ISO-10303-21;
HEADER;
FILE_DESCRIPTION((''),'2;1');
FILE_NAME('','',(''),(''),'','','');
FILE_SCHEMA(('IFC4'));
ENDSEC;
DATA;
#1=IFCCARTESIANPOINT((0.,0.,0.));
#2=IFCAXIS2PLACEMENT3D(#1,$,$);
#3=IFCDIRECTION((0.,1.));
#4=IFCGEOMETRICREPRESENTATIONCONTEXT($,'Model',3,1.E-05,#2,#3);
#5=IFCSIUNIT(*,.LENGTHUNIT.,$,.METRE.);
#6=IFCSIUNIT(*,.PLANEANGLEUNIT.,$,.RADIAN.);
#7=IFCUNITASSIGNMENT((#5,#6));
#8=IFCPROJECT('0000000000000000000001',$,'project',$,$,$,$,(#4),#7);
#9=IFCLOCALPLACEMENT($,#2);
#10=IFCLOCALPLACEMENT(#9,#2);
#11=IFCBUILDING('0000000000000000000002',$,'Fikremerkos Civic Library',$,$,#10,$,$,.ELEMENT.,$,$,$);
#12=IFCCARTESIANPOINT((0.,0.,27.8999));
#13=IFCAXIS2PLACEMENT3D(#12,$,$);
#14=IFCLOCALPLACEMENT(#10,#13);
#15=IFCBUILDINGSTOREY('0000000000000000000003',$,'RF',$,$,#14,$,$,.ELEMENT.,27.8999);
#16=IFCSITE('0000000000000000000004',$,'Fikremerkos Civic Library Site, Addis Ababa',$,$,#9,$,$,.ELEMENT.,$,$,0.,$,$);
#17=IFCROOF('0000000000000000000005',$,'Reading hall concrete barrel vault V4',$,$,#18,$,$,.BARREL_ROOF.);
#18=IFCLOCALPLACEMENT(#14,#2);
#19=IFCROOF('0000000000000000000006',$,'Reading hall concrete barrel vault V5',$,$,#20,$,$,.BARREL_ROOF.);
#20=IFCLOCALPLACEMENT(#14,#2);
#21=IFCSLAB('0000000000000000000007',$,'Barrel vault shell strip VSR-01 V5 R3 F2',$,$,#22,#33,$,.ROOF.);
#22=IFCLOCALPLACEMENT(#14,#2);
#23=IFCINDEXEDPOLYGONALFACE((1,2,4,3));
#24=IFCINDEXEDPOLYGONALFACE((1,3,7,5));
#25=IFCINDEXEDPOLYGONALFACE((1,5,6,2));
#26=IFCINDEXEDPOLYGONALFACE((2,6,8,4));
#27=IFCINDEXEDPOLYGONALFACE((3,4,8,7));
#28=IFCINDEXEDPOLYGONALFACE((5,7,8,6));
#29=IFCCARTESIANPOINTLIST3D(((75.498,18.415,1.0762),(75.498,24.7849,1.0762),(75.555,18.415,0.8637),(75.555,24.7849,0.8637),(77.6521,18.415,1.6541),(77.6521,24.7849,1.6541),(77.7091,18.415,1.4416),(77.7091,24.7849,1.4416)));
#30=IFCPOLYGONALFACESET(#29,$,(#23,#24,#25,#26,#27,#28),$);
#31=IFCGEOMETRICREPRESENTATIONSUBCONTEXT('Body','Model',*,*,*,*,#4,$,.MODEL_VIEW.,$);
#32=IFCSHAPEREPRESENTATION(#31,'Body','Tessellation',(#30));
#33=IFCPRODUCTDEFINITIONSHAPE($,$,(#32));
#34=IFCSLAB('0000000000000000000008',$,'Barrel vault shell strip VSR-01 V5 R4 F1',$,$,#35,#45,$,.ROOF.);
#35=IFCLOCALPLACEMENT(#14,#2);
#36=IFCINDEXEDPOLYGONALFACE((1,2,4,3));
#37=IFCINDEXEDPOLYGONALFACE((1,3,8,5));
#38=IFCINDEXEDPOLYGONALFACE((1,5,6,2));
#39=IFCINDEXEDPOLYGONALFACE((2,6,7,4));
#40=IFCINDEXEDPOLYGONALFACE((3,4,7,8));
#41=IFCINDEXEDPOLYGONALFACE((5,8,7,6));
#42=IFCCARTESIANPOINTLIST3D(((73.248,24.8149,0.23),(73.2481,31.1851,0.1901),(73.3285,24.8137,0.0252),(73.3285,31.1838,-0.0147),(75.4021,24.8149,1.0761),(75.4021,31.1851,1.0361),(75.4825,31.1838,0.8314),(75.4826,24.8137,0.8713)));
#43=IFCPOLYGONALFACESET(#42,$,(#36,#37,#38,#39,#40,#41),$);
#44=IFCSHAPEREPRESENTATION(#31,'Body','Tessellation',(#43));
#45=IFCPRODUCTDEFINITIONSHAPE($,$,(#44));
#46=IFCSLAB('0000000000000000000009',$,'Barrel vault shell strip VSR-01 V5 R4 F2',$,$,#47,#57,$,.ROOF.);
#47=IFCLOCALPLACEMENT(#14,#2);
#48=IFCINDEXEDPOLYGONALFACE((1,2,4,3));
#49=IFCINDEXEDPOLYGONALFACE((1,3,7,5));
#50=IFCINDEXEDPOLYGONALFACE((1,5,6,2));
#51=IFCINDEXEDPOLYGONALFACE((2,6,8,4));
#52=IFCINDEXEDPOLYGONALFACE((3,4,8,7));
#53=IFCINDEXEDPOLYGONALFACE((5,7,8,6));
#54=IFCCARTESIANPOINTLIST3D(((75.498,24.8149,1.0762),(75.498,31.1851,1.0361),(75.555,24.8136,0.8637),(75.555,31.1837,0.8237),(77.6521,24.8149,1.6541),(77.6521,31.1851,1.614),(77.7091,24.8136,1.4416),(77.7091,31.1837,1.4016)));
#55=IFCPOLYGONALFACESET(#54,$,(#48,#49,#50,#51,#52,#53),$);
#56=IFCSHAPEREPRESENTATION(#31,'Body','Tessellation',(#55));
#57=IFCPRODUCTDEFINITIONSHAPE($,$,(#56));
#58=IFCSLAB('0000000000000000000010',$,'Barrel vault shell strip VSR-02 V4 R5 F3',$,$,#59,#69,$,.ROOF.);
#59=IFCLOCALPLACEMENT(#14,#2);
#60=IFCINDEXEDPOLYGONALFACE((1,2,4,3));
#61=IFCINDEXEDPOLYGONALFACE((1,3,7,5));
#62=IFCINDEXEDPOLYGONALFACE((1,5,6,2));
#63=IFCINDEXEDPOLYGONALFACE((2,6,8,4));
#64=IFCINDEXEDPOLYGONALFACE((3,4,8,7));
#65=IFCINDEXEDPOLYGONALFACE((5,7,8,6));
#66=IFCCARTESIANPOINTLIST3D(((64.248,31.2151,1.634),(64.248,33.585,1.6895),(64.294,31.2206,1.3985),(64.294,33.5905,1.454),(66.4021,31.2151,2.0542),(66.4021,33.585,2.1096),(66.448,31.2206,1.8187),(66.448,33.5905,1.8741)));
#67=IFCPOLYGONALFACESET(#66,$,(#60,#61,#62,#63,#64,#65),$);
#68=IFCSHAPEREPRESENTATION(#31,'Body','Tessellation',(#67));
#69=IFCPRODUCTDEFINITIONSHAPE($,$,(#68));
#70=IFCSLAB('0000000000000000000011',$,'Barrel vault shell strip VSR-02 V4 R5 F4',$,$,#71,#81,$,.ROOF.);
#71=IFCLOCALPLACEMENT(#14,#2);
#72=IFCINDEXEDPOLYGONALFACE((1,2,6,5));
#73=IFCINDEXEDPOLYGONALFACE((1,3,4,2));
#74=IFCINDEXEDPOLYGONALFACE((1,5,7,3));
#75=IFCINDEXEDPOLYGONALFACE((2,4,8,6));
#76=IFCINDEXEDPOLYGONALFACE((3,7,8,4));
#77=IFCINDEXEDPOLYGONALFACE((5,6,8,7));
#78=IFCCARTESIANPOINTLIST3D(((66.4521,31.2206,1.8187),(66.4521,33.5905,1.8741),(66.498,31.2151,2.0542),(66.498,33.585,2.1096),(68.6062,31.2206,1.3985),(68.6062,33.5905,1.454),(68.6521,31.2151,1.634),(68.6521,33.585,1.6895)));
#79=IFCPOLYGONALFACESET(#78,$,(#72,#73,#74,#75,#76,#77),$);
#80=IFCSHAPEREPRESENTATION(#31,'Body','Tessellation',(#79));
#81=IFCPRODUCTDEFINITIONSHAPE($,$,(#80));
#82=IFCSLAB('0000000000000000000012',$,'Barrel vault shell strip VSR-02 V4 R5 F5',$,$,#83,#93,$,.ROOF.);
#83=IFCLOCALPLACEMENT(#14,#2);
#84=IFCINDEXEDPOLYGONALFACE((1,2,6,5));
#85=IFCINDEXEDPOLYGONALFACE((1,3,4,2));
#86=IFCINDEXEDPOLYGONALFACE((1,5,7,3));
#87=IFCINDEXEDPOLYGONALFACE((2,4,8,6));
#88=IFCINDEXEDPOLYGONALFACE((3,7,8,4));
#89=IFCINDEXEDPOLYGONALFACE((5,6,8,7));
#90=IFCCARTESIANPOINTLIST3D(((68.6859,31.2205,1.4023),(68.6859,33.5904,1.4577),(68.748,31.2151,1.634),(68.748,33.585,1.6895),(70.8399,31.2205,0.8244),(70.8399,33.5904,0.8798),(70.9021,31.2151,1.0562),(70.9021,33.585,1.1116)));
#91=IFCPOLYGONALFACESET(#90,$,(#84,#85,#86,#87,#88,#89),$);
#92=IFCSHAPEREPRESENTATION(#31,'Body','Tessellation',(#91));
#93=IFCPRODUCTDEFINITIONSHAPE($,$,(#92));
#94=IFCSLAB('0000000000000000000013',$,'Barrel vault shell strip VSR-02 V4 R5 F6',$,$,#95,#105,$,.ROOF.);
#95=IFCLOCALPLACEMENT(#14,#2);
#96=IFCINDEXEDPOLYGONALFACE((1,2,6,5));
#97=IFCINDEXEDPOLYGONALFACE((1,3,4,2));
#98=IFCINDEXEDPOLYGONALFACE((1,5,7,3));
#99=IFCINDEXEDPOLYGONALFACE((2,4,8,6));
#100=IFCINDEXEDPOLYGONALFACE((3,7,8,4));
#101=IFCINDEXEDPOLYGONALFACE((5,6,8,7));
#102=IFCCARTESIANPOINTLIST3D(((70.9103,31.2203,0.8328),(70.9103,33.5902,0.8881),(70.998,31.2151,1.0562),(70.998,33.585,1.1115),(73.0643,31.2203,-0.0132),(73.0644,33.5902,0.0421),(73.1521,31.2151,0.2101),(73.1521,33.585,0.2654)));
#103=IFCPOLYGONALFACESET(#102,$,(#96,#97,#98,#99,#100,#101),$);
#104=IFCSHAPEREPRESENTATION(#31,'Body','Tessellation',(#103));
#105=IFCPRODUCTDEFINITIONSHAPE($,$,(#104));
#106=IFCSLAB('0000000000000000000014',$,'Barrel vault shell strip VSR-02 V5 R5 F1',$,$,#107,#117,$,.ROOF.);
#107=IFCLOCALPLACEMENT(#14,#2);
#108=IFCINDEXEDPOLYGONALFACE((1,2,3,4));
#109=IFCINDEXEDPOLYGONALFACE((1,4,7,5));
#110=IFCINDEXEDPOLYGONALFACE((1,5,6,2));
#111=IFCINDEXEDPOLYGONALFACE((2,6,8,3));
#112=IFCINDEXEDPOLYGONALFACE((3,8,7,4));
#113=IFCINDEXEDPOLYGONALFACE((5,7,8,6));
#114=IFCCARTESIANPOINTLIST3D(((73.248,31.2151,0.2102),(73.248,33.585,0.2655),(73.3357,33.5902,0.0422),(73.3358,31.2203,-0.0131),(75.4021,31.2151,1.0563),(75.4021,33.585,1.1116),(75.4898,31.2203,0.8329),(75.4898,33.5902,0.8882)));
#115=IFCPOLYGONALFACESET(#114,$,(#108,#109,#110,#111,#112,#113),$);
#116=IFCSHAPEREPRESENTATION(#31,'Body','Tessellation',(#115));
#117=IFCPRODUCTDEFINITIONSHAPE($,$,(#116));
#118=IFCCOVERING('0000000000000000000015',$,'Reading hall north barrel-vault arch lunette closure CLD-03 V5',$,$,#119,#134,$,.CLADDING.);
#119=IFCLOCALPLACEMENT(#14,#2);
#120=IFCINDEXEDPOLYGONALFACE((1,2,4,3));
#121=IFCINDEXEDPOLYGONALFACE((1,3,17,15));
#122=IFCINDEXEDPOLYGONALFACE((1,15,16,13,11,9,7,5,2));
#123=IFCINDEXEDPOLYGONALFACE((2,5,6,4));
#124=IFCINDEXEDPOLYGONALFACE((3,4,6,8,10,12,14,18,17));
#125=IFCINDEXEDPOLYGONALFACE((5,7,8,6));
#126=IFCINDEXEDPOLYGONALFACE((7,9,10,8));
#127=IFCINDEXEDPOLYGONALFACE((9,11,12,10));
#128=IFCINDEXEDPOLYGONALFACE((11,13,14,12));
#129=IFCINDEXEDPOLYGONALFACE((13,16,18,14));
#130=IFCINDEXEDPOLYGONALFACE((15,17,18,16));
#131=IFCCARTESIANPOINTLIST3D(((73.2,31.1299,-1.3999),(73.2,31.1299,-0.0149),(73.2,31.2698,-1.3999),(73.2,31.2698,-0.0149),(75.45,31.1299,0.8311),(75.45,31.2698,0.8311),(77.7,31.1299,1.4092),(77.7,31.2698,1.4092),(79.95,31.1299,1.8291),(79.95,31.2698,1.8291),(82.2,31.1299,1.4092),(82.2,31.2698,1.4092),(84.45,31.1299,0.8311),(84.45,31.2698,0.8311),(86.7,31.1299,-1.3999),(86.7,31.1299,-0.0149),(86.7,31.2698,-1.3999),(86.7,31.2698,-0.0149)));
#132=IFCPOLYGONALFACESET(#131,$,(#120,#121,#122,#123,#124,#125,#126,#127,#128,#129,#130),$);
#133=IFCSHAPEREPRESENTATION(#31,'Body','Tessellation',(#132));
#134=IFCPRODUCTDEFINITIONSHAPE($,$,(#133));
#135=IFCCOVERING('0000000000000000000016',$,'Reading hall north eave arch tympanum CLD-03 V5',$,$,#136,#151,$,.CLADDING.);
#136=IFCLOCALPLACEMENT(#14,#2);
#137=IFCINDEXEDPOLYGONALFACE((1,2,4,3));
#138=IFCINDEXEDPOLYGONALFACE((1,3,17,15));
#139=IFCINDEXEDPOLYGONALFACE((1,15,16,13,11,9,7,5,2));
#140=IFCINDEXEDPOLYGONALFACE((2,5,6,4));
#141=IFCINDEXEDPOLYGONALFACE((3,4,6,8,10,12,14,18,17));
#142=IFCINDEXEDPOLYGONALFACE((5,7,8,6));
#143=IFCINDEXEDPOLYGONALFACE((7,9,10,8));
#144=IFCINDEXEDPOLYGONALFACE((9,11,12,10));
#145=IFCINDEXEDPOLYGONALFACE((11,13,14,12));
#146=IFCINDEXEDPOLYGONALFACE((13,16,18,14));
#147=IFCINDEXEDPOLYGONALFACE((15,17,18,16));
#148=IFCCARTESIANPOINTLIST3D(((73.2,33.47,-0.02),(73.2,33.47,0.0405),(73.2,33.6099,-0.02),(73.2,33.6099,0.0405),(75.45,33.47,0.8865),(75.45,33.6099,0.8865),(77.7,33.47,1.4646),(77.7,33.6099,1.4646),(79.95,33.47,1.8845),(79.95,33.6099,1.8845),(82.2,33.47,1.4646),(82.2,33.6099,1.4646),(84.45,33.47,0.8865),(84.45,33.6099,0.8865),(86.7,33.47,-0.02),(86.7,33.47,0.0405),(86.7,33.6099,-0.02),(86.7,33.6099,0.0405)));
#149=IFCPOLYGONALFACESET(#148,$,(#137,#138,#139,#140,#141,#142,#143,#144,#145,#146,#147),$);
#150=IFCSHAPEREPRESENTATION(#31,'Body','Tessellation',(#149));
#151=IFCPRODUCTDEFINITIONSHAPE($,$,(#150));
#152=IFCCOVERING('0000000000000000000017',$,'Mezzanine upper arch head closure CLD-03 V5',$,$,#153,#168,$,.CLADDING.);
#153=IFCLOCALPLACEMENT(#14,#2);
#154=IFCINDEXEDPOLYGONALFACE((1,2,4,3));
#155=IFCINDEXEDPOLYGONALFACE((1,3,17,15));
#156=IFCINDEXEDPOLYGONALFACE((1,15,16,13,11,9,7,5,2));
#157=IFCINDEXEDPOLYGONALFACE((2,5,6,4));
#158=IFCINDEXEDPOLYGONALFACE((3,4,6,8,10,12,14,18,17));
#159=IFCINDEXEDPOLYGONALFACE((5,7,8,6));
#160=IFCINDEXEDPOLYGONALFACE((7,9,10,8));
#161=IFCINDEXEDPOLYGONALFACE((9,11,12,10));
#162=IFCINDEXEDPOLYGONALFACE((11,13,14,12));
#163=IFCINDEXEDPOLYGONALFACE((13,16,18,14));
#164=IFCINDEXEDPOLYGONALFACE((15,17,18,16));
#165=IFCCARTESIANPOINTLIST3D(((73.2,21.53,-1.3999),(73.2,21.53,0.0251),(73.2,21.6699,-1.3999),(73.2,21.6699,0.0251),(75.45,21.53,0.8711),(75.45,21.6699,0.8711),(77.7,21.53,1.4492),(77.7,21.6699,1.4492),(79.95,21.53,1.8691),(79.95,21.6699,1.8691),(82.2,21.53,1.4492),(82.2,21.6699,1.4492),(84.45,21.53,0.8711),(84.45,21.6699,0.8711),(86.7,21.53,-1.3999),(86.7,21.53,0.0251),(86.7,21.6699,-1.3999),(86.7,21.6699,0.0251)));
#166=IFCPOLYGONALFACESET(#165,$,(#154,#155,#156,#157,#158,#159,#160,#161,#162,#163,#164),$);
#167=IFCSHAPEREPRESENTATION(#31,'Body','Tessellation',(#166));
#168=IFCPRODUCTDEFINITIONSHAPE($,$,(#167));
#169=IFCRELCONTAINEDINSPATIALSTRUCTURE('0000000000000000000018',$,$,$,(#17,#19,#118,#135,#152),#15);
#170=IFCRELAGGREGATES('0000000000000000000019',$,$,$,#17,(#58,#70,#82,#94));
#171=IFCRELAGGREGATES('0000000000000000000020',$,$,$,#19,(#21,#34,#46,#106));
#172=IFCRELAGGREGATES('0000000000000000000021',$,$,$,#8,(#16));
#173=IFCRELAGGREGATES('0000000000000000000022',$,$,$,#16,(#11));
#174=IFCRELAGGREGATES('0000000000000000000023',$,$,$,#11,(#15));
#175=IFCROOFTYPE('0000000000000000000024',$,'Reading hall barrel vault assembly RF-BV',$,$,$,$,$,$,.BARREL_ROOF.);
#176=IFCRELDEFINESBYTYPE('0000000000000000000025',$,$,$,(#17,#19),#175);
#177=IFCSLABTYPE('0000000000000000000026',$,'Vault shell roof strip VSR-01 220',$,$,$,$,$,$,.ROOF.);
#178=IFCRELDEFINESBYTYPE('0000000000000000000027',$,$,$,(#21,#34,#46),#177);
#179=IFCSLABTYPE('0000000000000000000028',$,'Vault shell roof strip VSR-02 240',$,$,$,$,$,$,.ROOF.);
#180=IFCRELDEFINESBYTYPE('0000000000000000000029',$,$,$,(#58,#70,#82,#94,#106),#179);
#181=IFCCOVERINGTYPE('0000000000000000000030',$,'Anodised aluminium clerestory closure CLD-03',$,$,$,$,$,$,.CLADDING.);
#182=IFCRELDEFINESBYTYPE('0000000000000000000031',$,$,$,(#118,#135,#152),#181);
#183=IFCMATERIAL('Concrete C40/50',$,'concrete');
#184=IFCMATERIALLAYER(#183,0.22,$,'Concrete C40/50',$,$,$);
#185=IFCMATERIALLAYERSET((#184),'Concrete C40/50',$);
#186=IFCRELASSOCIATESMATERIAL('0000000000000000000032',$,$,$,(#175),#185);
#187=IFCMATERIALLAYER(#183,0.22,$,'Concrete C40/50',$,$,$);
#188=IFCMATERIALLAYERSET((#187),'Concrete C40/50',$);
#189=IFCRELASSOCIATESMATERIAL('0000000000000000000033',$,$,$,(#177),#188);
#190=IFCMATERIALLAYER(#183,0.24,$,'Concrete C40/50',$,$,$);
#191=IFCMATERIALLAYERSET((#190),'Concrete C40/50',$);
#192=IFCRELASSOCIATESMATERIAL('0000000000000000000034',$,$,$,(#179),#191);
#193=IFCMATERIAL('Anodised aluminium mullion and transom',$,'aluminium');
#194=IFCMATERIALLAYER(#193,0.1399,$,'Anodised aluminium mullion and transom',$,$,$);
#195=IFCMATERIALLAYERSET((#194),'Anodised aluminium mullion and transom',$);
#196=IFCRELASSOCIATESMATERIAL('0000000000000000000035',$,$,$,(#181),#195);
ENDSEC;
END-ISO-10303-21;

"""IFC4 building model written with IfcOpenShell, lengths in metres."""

from ifc_helpers import new_model, si_unit, direction, frame, origin, place, context, subcontext, project, spatial, polyline, outline, extrude, material, layer, layer_set, type_object, element, aggregate, save


model = new_model("IFC4")

# Units and contexts
model_context = context("Model", 3, precision=1e-05, world=origin(), true_north=direction((0.0, 1.0)))
body_context = subcontext(model_context, "Body", "Model", "MODEL_VIEW")
ifc_project = project(units=[si_unit("LENGTHUNIT", "METRE"), si_unit("PLANEANGLEUNIT", "RADIAN")], contexts=[model_context])

# Site, building, storey
site_placement = place(None, origin())
site = spatial("IfcSite", under=ifc_project, at=site_placement, Name="Fikremerkos Civic Library Site, Addis Ababa", CompositionType="ELEMENT", RefElevation=0.0)
building_placement = place(site_placement, origin())
building = spatial("IfcBuilding", under=site, at=building_placement, Name="Fikremerkos Civic Library", CompositionType="ELEMENT")
storey_placement = place(building_placement, frame((0.0, 0.0, 27.8999)))
storey = spatial("IfcBuildingStorey", under=building, at=storey_placement, Name="RF", CompositionType="ELEMENT", Elevation=27.8999)

# Roofs, slabs
ifc_material_1 = material(Name="Concrete C40/50", Category="concrete")
ifc_layer_1 = layer(ifc_material_1, 0.22, Name="Concrete C40/50")
ifc_layer_set_1 = layer_set([ifc_layer_1], Name="Concrete C40/50")
roof_type = type_object("IfcRoofType", Name="Reading hall barrel vault assembly RF-BV", PredefinedType="BARREL_ROOF", material=ifc_layer_set_1)
roof_1_placement = place(storey_placement, origin())
roof_1 = element("IfcRoof", 1, at=roof_1_placement, inside=storey, type_object=roof_type, Name="Reading hall concrete barrel vault V4", PredefinedType="BARREL_ROOF")
ifc_layer_2 = layer(ifc_material_1, 0.22, Name="Concrete C40/50")
ifc_layer_set_2 = layer_set([ifc_layer_2], Name="Concrete C40/50")
slab_type_1 = type_object("IfcSlabType", Name="Vault shell roof strip VSR-01 220", PredefinedType="ROOF", material=ifc_layer_set_2)
roof_2_placement = place(storey_placement, origin())
roof_2 = element("IfcRoof", 2, at=roof_2_placement, inside=storey, type_object=roof_type, Name="Reading hall concrete barrel vault V5", PredefinedType="BARREL_ROOF")
slab_1_placement = place(storey_placement, frame((75.498, 18.415, 1.0762), z_axis=(-0.259114, 0.0, 0.965847), x_axis=(0.965847, 0.0, 0.259114)))
slab_1 = element("IfcSlab", 3, at=slab_1_placement, type_object=slab_type_1, Name="Barrel vault shell strip VSR-01 V5 R3 F2", PredefinedType="ROOF", context=body_context, shape_type="SweptSolid", body=[
    extrude(outline(polyline([(0.0, 0.0), (2.2302, 0.0), (2.2302, 6.3699), (0.0, 6.3699), (0.0, 0.0)])), origin(), (0.0, 0.0, -1.0), 0.22),
])
slab_2_placement = place(storey_placement, frame((73.248, 24.8149, 0.23), z_axis=(-0.365584, 0.005832, 0.93076), x_axis=(0.930776, 0.0, 0.36559)))
slab_2 = element("IfcSlab", 4, at=slab_2_placement, type_object=slab_type_1, Name="Barrel vault shell strip VSR-01 V5 R4 F1", PredefinedType="ROOF", context=body_context, shape_type="SweptSolid", body=[
    extrude(outline(polyline([(0.0, 0.0), (2.3143, 0.0), (2.2997, 6.3702), (-0.0146, 6.3702), (0.0, 0.0)])), origin(), (0.0, 0.0, -1.0), 0.22),
])
slab_3_placement = place(storey_placement, frame((75.498, 24.8149, 1.0762), z_axis=(-0.259109, 0.006071, 0.965829), x_axis=(0.965847, 0.0, 0.259114)))
slab_3 = element("IfcSlab", 5, at=slab_3_placement, type_object=slab_type_1, Name="Barrel vault shell strip VSR-01 V5 R4 F2", PredefinedType="ROOF", context=body_context, shape_type="SweptSolid", body=[
    extrude(outline(polyline([(0.0, 0.0), (2.2302, 0.0), (2.2198, 6.3702), (-0.0104, 6.3702), (0.0, 0.0)])), origin(), (0.0, 0.0, -1.0), 0.22),
])

# Slabs
ifc_layer_3 = layer(ifc_material_1, 0.24, Name="Concrete C40/50")
ifc_layer_set_3 = layer_set([ifc_layer_3], Name="Concrete C40/50")
slab_type_2 = type_object("IfcSlabType", Name="Vault shell roof strip VSR-02 240", PredefinedType="ROOF", material=ifc_layer_set_3)
slab_4_placement = place(storey_placement, frame((64.248, 31.2151, 1.634), z_axis=(-0.1914, -0.022947, 0.981244), x_axis=(0.981502, 0.0, 0.19145)))
slab_4 = element("IfcSlab", 6, at=slab_4_placement, type_object=slab_type_2, Name="Barrel vault shell strip VSR-02 V4 R5 F3", PredefinedType="ROOF", context=body_context, shape_type="SweptSolid", body=[
    extrude(outline(polyline([(0.0, 0.0), (2.1946, 0.0), (2.2053, 2.3705), (0.0106, 2.3705), (0.0, 0.0)])), origin(), (0.0, 0.0, -1.0), 0.24),
])
slab_5_placement = place(storey_placement, frame((66.498, 31.2151, 2.0542), z_axis=(0.1914, -0.022947, 0.981244), x_axis=(0.981502, 0.0, -0.19145)))
slab_5 = element("IfcSlab", 7, at=slab_5_placement, type_object=slab_type_2, Name="Barrel vault shell strip VSR-02 V4 R5 F4", PredefinedType="ROOF", context=body_context, shape_type="SweptSolid", body=[
    extrude(outline(polyline([(0.0, 0.0), (2.1946, 0.0), (2.184, 2.3705), (-0.0106, 2.3705), (0.0, 0.0)])), origin(), (0.0, 0.0, -1.0), 0.24),
])
slab_6_placement = place(storey_placement, frame((68.748, 31.2151, 1.634), z_axis=(0.259048, -0.022581, 0.965601), x_axis=(0.965847, 0.0, -0.259114)))
slab_6 = element("IfcSlab", 8, at=slab_6_placement, type_object=slab_type_2, Name="Barrel vault shell strip VSR-02 V4 R5 F5", PredefinedType="ROOF", context=body_context, shape_type="SweptSolid", body=[
    extrude(outline(polyline([(0.0, 0.0), (2.2302, 0.0), (2.2159, 2.3705), (-0.0144, 2.3705), (0.0, 0.0)])), origin(), (0.0, 0.0, -1.0), 0.24),
])
slab_7_placement = place(storey_placement, frame((70.998, 31.2151, 1.0562), z_axis=(0.365504, -0.021713, 0.930556), x_axis=(0.930776, 0.000001, -0.36559)))
slab_7 = element("IfcSlab", 9, at=slab_7_placement, type_object=slab_type_2, Name="Barrel vault shell strip VSR-02 V4 R5 F6", PredefinedType="ROOF", context=body_context, shape_type="SweptSolid", body=[
    extrude(outline(polyline([(0.0, 0.0), (2.3142, 0.0), (2.294, 2.3704), (-0.0203, 2.3704), (0.0, 0.0)])), origin(), (0.0, 0.0, -1.0), 0.24),
])
aggregate(roof_1, [slab_4, slab_5, slab_6, slab_7])
slab_8_placement = place(storey_placement, frame((73.248, 31.2151, 0.2102), z_axis=(-0.365504, -0.021713, 0.930556), x_axis=(0.930776, -0.000001, 0.36559)))
slab_8 = element("IfcSlab", 10, at=slab_8_placement, type_object=slab_type_2, Name="Barrel vault shell strip VSR-02 V5 R5 F1", PredefinedType="ROOF", context=body_context, shape_type="SweptSolid", body=[
    extrude(outline(polyline([(0.0, 0.0), (2.3142, 0.0), (2.3345, 2.3704), (0.0202, 2.3704), (0.0, 0.0)])), origin(), (0.0, 0.0, -1.0), 0.24),
])
aggregate(roof_2, [slab_1, slab_2, slab_3, slab_8])

# Coverings
ifc_material_2 = material(Name="Anodised aluminium mullion and transom", Category="aluminium")
ifc_layer_4 = layer(ifc_material_2, 0.1399, Name="Anodised aluminium mullion and transom")
ifc_layer_set_4 = layer_set([ifc_layer_4], Name="Anodised aluminium mullion and transom")
covering_type = type_object("IfcCoveringType", Name="Anodised aluminium clerestory closure CLD-03", PredefinedType="CLADDING", material=ifc_layer_set_4)
covering_1_placement = place(storey_placement, frame((73.2, 31.2, -1.3999), z_axis=(0.0, 0.0, 1.0), x_axis=(1.0, 0.0, 0.0)))
element("IfcCovering", 11, at=covering_1_placement, inside=storey, type_object=covering_type, Name="Reading hall north barrel-vault arch lunette closure CLD-03 V5", PredefinedType="CLADDING", context=body_context, shape_type="SweptSolid", body=[
    extrude(outline(polyline([(0.0, 0.0), (13.5, 0.0), (13.5, 1.385), (11.25, 2.231), (9.0, 2.8091), (6.75, 3.229), (4.5, 2.8091), (2.25, 2.231), (0.0, 1.385), (0.0, 0.0)])), frame((0.0, 0.0698, 0.0), z_axis=(0.0, -1.0, 0.0), x_axis=(1.0, 0.0, 0.0)), (0.0, 0.0, 1.0), 0.1399),
])
covering_2_placement = place(storey_placement, frame((73.2, 33.54, -0.02), z_axis=(0.0, 0.0, 1.0), x_axis=(1.0, 0.0, 0.0)))
element("IfcCovering", 12, at=covering_2_placement, inside=storey, type_object=covering_type, Name="Reading hall north eave arch tympanum CLD-03 V5", PredefinedType="CLADDING", context=body_context, shape_type="SweptSolid", body=[
    extrude(outline(polyline([(0.0, 0.0), (13.5, 0.0), (13.5, 0.0605), (11.25, 0.9065), (9.0, 1.4846), (6.75, 1.9045), (4.5, 1.4846), (2.25, 0.9065), (0.0, 0.0605), (0.0, 0.0)])), frame((0.0, 0.0698, 0.0), z_axis=(0.0, -1.0, 0.0), x_axis=(1.0, 0.0, 0.0)), (0.0, 0.0, 1.0), 0.1399),
])
covering_3_placement = place(storey_placement, frame((73.2, 21.6001, -1.3999), z_axis=(0.0, 0.0, 1.0), x_axis=(1.0, 0.0, 0.0)))
element("IfcCovering", 13, at=covering_3_placement, inside=storey, type_object=covering_type, Name="Mezzanine upper arch head closure CLD-03 V5", PredefinedType="CLADDING", context=body_context, shape_type="SweptSolid", body=[
    extrude(outline(polyline([(0.0, 0.0), (13.5, 0.0), (13.5, 1.425), (11.25, 2.271), (9.0, 2.8491), (6.75, 3.269), (4.5, 2.8491), (2.25, 2.271), (0.0, 1.425), (0.0, 0.0)])), frame((0.0, 0.0698, 0.0), z_axis=(0.0, -1.0, 0.0), x_axis=(1.0, 0.0, 0.0)), (0.0, 0.0, 1.0), 0.1399),
])

save(model, "model.ifc")
